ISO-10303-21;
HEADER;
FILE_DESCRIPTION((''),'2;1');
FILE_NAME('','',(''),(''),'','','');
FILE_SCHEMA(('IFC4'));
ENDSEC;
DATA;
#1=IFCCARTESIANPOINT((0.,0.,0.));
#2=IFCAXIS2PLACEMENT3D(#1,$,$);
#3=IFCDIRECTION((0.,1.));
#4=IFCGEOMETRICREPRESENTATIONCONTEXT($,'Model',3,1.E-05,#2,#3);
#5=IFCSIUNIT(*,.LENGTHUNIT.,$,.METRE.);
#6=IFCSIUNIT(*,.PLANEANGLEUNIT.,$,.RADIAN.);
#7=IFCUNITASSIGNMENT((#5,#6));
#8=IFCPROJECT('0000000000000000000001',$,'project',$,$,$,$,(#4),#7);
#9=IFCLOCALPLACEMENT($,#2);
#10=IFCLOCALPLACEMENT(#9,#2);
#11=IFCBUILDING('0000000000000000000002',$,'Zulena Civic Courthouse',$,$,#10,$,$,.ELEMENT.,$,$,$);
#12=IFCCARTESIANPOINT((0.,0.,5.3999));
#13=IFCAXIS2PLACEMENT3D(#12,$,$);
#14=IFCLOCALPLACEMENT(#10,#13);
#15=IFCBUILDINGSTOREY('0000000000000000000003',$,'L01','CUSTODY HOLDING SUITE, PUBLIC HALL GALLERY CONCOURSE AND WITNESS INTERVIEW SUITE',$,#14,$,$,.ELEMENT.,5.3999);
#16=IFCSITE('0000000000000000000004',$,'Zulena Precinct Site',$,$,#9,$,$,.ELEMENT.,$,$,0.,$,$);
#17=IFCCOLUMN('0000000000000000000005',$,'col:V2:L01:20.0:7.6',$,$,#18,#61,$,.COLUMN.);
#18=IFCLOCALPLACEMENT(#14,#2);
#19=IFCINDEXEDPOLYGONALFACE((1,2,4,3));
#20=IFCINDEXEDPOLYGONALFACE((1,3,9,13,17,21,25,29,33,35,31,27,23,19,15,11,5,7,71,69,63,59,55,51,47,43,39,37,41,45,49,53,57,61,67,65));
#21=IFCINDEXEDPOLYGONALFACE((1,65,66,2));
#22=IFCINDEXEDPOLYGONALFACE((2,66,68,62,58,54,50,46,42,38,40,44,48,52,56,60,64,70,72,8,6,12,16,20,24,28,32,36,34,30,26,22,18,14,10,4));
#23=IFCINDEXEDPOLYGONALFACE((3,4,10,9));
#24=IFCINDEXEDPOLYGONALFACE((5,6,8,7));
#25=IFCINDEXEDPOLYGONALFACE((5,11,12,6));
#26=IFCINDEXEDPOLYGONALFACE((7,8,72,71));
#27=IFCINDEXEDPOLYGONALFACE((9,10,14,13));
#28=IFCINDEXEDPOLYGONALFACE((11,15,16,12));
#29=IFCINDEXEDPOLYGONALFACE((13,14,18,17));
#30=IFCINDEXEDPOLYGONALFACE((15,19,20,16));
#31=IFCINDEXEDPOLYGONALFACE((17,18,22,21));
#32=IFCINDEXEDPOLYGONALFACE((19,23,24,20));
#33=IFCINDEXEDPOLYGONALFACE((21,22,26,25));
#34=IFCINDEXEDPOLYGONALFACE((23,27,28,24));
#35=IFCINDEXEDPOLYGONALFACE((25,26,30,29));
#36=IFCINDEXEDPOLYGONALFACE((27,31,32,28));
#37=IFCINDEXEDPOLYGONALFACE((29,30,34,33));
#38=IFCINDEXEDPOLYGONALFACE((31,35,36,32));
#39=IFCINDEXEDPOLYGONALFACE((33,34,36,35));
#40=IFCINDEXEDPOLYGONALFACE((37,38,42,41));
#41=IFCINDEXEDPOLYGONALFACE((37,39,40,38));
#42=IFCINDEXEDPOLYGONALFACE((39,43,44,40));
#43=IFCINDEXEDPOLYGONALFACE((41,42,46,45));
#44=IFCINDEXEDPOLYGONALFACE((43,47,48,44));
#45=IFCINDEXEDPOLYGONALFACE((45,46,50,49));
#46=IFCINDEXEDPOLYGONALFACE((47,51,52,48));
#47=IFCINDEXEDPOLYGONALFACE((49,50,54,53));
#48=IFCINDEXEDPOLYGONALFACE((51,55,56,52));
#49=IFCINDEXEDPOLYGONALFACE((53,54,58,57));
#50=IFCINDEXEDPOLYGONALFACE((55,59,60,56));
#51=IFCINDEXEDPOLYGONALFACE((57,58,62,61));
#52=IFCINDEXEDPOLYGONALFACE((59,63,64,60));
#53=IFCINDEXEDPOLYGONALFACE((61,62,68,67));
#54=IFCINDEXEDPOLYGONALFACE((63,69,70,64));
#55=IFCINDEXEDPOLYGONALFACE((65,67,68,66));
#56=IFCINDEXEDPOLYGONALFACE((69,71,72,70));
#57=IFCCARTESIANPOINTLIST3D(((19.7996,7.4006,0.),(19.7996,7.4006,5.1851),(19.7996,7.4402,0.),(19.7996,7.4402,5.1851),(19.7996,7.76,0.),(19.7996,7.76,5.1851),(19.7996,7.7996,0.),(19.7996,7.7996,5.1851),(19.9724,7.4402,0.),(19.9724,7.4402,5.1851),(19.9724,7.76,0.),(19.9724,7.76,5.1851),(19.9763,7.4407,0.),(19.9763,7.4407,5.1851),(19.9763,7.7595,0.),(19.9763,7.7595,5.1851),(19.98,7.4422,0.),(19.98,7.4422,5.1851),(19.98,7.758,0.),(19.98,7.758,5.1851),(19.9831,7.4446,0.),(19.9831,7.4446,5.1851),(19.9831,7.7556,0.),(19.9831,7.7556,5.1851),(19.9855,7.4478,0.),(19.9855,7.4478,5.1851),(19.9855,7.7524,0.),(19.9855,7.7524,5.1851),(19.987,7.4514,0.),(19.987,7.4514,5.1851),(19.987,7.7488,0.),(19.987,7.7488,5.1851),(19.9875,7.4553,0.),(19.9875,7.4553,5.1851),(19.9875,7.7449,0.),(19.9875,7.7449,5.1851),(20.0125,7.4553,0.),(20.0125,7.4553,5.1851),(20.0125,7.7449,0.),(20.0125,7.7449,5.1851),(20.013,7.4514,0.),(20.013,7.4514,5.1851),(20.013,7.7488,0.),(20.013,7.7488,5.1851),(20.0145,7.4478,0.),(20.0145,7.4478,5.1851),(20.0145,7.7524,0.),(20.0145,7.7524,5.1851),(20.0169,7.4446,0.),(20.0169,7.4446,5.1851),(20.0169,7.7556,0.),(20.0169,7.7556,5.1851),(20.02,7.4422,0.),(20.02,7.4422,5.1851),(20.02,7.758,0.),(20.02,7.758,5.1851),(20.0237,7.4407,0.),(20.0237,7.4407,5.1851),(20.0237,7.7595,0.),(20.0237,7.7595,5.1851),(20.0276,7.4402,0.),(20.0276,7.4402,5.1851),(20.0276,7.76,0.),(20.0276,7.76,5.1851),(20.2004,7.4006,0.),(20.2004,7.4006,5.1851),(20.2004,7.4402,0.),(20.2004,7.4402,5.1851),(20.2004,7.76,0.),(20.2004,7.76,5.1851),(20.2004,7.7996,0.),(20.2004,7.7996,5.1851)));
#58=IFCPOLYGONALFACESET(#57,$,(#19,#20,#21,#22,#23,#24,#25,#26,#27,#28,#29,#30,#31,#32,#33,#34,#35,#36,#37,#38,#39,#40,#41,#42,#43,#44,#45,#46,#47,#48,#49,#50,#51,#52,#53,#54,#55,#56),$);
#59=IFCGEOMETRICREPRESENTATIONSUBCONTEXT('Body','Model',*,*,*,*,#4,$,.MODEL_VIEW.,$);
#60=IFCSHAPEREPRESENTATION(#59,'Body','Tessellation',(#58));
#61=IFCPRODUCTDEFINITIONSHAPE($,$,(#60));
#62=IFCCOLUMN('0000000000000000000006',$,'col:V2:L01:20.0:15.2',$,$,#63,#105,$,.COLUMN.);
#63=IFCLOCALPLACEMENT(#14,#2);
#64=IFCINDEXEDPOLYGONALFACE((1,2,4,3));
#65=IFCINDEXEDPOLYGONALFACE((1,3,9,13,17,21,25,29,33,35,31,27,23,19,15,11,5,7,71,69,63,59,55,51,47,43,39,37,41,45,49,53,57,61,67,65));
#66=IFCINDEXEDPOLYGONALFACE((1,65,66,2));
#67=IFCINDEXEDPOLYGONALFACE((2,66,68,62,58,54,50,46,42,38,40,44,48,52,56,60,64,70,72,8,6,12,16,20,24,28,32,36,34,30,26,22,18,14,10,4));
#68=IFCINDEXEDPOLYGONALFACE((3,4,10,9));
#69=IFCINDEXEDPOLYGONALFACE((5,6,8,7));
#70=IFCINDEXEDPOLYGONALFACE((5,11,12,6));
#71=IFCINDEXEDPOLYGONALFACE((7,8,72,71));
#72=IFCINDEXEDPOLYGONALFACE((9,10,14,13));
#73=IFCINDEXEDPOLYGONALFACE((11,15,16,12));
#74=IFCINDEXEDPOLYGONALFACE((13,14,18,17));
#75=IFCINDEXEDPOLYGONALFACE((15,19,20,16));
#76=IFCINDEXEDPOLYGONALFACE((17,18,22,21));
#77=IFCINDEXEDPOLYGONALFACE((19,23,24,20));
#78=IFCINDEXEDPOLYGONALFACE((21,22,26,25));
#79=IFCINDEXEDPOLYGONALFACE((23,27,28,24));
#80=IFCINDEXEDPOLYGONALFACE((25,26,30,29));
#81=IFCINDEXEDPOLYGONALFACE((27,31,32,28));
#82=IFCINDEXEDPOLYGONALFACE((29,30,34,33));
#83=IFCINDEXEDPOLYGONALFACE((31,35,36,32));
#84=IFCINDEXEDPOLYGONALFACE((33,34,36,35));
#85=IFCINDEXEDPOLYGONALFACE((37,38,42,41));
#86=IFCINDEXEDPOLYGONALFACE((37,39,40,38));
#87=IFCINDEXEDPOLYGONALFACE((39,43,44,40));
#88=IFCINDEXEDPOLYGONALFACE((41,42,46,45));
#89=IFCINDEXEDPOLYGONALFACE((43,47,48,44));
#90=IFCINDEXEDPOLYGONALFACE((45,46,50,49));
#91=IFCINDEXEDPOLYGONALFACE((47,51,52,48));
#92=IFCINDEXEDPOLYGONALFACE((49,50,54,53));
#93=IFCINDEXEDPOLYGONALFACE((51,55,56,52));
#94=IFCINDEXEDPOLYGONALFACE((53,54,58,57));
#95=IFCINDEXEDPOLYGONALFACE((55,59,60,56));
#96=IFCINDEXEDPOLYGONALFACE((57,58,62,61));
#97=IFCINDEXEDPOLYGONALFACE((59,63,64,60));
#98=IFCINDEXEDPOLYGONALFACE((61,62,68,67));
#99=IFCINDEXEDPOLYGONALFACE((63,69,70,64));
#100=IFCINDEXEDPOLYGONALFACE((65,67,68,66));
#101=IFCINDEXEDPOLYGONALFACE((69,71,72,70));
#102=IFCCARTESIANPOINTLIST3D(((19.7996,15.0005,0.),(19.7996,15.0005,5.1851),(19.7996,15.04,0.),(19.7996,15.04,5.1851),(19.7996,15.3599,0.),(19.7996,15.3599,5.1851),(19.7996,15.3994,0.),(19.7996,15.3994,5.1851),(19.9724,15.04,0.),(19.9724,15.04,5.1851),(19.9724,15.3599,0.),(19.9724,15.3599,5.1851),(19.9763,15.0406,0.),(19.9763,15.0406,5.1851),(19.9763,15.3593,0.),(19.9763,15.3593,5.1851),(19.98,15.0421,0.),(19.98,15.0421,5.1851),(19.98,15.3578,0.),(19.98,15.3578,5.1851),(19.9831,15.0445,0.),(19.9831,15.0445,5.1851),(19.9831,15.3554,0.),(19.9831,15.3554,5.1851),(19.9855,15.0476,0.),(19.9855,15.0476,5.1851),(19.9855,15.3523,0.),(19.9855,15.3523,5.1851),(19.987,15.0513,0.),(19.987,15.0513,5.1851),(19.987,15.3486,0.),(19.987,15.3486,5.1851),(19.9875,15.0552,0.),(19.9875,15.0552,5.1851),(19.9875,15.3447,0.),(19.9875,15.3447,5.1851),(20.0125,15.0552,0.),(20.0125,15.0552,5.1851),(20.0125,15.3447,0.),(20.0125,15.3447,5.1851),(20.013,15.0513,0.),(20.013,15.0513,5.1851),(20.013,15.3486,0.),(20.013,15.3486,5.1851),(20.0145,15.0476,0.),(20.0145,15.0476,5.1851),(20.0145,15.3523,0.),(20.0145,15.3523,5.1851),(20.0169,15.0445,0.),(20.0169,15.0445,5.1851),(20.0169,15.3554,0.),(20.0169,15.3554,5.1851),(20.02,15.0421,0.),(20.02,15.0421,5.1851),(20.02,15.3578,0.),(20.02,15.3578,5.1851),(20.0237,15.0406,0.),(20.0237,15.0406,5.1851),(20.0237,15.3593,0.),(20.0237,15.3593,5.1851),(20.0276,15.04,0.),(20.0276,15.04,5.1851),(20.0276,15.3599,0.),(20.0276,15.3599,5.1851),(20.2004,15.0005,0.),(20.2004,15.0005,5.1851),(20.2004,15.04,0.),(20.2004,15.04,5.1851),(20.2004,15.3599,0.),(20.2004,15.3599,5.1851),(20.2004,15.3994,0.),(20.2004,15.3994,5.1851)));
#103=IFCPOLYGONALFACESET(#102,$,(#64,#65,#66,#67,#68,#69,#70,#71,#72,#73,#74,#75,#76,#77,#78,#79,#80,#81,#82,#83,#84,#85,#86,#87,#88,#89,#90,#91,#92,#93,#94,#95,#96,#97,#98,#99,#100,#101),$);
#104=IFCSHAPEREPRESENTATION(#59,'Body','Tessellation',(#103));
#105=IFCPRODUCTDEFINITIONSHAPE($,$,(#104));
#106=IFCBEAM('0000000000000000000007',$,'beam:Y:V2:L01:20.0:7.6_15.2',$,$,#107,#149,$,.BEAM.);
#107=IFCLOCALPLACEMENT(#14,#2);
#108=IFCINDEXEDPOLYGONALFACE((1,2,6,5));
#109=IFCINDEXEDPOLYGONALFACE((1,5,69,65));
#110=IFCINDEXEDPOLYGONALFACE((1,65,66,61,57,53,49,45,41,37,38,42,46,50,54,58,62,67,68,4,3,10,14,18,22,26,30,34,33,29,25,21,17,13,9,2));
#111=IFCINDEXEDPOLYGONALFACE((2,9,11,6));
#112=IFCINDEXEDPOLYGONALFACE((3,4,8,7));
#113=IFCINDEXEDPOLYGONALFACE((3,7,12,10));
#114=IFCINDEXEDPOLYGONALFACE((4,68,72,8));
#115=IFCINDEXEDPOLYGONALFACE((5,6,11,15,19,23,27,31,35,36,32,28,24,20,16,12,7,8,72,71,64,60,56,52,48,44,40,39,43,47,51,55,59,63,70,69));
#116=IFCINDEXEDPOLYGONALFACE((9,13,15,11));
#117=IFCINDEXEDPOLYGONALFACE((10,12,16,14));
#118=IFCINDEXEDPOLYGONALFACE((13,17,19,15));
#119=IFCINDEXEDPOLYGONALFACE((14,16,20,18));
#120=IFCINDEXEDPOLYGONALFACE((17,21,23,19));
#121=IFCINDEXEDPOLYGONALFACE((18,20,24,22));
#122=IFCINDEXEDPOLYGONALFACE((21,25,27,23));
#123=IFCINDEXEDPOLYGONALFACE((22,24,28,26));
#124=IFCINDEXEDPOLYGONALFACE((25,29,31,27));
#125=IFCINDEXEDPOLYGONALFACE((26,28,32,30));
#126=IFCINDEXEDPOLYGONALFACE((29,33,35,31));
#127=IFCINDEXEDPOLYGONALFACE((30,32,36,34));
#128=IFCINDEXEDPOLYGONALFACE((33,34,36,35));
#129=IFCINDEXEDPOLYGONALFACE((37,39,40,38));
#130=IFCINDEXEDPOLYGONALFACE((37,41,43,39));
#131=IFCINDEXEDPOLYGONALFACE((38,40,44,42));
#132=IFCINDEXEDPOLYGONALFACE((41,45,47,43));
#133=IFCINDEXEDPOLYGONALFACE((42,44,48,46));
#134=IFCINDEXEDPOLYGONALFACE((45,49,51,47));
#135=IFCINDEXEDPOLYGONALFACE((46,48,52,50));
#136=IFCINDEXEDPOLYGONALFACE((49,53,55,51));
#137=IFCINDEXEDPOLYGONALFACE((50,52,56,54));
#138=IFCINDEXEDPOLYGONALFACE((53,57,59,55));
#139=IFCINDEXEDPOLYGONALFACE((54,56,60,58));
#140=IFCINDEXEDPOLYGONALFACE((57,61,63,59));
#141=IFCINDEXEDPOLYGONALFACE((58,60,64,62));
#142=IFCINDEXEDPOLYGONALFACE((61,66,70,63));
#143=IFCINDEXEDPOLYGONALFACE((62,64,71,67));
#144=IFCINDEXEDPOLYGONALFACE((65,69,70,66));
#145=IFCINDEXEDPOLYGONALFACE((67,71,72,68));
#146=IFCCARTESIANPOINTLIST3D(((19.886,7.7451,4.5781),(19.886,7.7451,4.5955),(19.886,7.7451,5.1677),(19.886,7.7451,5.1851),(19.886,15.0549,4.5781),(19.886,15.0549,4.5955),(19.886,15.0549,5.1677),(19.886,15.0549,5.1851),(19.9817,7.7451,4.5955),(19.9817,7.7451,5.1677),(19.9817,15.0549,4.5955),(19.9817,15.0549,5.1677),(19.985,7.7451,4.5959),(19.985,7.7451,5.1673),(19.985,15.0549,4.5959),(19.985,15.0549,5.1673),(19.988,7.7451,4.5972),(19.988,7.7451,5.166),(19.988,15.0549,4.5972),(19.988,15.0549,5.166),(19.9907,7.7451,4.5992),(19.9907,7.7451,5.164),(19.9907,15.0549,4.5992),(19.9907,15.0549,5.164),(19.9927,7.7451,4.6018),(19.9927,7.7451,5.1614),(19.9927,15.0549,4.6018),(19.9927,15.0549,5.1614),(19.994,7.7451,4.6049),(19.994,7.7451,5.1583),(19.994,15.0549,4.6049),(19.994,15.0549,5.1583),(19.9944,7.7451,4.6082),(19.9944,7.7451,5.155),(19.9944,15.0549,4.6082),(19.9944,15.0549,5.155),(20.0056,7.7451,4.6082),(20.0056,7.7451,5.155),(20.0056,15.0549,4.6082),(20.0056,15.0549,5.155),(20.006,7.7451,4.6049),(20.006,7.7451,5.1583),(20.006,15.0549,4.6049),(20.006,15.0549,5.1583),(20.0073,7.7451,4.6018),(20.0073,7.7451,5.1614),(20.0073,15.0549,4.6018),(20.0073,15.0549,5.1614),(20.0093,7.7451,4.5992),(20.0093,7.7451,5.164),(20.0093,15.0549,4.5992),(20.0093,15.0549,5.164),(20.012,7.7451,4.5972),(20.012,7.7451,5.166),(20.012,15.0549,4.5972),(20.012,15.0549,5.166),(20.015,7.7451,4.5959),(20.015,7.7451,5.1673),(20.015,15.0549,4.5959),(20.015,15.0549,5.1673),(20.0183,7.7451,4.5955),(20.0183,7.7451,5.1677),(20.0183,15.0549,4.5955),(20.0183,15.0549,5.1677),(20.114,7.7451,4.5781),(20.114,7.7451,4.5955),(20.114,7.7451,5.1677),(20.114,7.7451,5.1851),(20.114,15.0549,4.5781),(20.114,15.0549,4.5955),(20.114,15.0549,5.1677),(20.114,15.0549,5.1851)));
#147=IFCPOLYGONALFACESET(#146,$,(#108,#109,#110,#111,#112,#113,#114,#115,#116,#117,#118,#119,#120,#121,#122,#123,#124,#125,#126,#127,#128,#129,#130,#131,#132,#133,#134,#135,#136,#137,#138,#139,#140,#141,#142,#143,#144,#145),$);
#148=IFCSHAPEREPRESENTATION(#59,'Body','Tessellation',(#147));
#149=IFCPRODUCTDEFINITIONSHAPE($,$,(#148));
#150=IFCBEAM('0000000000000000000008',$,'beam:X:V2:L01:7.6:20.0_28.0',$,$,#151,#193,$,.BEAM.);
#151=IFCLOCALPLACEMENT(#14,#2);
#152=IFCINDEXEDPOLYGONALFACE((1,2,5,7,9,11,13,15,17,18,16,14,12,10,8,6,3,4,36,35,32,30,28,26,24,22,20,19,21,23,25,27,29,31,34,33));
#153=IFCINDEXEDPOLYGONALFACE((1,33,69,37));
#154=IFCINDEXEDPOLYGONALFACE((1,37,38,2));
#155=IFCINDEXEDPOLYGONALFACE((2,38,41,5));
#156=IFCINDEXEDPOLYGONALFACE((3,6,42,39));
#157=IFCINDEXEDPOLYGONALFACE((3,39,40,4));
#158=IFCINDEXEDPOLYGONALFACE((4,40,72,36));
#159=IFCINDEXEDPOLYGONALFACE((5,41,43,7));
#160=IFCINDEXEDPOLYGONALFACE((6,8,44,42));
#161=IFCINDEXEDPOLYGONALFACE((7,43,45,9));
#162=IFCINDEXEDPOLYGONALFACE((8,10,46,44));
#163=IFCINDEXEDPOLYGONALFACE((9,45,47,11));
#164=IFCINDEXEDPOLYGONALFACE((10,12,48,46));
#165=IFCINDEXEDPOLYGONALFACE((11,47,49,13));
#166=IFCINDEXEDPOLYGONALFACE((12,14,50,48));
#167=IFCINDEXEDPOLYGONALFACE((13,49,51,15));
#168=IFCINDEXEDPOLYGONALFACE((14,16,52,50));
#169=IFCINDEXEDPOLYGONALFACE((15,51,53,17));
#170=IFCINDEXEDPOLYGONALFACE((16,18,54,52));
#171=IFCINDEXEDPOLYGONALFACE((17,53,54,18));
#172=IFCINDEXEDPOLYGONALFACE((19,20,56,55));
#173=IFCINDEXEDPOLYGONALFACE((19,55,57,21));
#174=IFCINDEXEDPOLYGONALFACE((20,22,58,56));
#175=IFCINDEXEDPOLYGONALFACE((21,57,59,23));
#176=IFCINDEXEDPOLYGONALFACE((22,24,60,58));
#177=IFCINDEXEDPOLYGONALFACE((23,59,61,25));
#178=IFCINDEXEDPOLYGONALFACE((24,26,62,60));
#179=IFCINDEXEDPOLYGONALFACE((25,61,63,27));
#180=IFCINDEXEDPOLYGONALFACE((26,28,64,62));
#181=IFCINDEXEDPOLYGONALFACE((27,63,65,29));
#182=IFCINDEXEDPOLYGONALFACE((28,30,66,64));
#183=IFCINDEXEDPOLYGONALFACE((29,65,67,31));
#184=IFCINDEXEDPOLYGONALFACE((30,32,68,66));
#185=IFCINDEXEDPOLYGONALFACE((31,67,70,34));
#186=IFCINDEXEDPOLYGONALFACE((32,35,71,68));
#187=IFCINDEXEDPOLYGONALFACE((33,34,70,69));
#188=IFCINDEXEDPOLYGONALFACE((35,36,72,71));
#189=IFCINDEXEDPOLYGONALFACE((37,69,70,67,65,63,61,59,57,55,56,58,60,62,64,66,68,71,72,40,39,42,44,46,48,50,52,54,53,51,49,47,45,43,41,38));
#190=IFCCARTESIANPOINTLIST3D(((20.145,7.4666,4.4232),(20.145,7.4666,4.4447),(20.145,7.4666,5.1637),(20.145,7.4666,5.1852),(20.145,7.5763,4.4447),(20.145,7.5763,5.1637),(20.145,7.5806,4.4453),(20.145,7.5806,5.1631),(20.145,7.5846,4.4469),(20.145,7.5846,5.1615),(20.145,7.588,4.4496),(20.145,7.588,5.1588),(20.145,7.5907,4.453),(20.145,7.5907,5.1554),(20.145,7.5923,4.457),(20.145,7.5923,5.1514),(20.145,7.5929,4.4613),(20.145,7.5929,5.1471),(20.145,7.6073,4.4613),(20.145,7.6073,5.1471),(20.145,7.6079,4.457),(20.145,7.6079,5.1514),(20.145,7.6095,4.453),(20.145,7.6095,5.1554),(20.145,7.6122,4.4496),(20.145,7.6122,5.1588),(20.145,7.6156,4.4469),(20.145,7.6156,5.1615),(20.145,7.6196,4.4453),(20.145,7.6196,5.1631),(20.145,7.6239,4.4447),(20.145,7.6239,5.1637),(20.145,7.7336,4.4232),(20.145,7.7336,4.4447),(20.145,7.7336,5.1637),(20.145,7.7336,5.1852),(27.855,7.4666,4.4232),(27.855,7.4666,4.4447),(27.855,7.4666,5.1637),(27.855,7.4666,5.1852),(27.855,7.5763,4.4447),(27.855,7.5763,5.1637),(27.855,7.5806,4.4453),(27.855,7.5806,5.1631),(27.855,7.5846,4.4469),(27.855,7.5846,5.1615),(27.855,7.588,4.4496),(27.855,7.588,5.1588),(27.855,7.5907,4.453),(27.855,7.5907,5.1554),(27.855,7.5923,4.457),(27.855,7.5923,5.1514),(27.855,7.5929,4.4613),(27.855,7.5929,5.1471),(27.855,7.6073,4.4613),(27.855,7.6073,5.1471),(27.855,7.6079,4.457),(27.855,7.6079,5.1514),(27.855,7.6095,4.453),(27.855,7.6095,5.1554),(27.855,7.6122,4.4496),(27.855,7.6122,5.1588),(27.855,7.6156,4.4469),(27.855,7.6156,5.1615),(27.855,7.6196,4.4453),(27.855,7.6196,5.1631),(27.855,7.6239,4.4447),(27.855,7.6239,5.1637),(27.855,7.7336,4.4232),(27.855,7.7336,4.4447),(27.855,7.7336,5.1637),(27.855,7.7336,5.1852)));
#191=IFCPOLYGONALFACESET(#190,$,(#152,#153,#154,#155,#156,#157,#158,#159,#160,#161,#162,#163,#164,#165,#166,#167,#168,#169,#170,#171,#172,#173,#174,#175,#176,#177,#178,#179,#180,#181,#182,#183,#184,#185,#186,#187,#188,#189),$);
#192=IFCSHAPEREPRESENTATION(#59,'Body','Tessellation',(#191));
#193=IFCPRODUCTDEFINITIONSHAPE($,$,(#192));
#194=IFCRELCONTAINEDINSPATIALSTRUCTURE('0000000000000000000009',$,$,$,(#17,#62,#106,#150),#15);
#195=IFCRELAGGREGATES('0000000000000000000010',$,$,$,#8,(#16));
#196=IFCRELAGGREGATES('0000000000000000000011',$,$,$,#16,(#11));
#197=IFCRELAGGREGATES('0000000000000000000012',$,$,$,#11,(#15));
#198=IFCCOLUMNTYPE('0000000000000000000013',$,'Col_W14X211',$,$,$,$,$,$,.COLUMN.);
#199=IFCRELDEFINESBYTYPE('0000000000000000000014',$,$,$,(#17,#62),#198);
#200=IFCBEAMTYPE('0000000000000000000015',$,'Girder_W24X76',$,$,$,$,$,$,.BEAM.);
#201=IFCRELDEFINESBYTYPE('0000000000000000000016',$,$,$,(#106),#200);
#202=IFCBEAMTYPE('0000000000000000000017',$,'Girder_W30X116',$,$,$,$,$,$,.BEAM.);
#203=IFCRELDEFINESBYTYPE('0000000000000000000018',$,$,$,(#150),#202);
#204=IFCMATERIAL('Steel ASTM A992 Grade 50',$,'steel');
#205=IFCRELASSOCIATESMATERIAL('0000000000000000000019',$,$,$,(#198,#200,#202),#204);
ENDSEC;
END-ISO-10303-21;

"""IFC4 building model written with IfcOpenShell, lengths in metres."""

from ifc_helpers import new_model, si_unit, direction, frame, origin, origin_2d, place, context, subcontext, project, spatial, i_section, extrude, material, material_profile, profile_set, type_object, element, save


model = new_model("IFC4")

# Units and contexts
model_context = context("Model", 3, precision=1e-05, world=origin(), true_north=direction((0.0, 1.0)))
body_context = subcontext(model_context, "Body", "Model", "MODEL_VIEW")
ifc_project = project(units=[si_unit("LENGTHUNIT", "METRE"), si_unit("PLANEANGLEUNIT", "RADIAN")], contexts=[model_context])

# Site, building, storey
site_placement = place(None, origin())
site = spatial("IfcSite", under=ifc_project, at=site_placement, Name="Zulena Precinct Site", CompositionType="ELEMENT", RefElevation=0.0)
building_placement = place(site_placement, origin())
building = spatial("IfcBuilding", under=site, at=building_placement, Name="Zulena Civic Courthouse", CompositionType="ELEMENT")
storey_placement = place(building_placement, frame((0.0, 0.0, 5.3999)))
storey = spatial("IfcBuildingStorey", under=building, at=storey_placement, Name="L01", Description="CUSTODY HOLDING SUITE, PUBLIC HALL GALLERY CONCOURSE AND WITNESS INTERVIEW SUITE", CompositionType="ELEMENT", Elevation=5.3999)

# Columns
ifc_material_1 = material(Name="Steel ASTM A992 Grade 50", Category="steel")
ifc_material_profile_1 = material_profile(ifc_material_1, i_section(OverallWidth=0.4009, OverallDepth=0.3989, WebThickness=0.0249, FlangeThickness=0.0396, FilletRadius=0.0151, at=origin_2d()), Name="W14X211")
ifc_profile_set_1 = profile_set([ifc_material_profile_1], Name="Steel ASTM A992 Grade 50")
column_type = type_object("IfcColumnType", Name="Col_W14X211", PredefinedType="COLUMN", material=ifc_profile_set_1)
for number, where, z_axis, x_axis, name in (
    (1, (20.0, 7.6001, 0.0), (0.0, 0.0, 1.0), (1.0, 0.0, 0.0), "col:V2:L01:20.0:7.6"),
    (2, (20.0, 15.2, 0.0), (0.0, 0.0, 1.0), (1.0, 0.0, 0.0), "col:V2:L01:20.0:15.2"),
):
    element("IfcColumn", number, at=place(storey_placement, frame(where, z_axis=z_axis, x_axis=x_axis)), inside=storey, type_object=column_type, Name=name, PredefinedType="COLUMN", context=body_context, shape_type="SweptSolid", body=[
        extrude(i_section(OverallWidth=0.4009, OverallDepth=0.3989, WebThickness=0.0249, FlangeThickness=0.0396, FilletRadius=0.0151, at=origin_2d()), origin(), (0.0, 0.0, 1.0), 5.1851),
    ])

# Beams
ifc_material_profile_2 = material_profile(ifc_material_1, i_section(OverallWidth=0.228, OverallDepth=0.6069, WebThickness=0.0112, FlangeThickness=0.0173, FilletRadius=0.0127, at=origin_2d()), Name="W24X76")
ifc_profile_set_2 = profile_set([ifc_material_profile_2], Name="Steel ASTM A992 Grade 50")
beam_type_1 = type_object("IfcBeamType", Name="Girder_W24X76", PredefinedType="BEAM", material=ifc_profile_set_2)
beam_1_placement = place(storey_placement, frame((20.0, 7.7451, 4.8816), z_axis=(0.0, 1.0, 0.0), x_axis=(-1.0, 0.0, 0.0)))
element("IfcBeam", 3, at=beam_1_placement, inside=storey, type_object=beam_type_1, Name="beam:Y:V2:L01:20.0:7.6_15.2", PredefinedType="BEAM", context=body_context, shape_type="SweptSolid", body=[
    extrude(i_section(OverallWidth=0.228, OverallDepth=0.6069, WebThickness=0.0112, FlangeThickness=0.0173, FilletRadius=0.0127, at=origin_2d()), origin(), (0.0, 0.0, 1.0), 7.3098),
])
ifc_material_profile_3 = material_profile(ifc_material_1, i_section(OverallWidth=0.2671, OverallDepth=0.762, WebThickness=0.0144, FlangeThickness=0.0215, FilletRadius=0.0166, at=origin_2d()), Name="W30X116")
ifc_profile_set_3 = profile_set([ifc_material_profile_3], Name="Steel ASTM A992 Grade 50")
beam_type_2 = type_object("IfcBeamType", Name="Girder_W30X116", PredefinedType="BEAM", material=ifc_profile_set_3)
for number, where, z_axis, x_axis, name in (
    (4, (20.145, 7.6001, 4.8042), (1.0, 0.0, 0.0), (0.0, 1.0, 0.0), "beam:X:V2:L01:7.6:20.0_28.0"),
):
    element("IfcBeam", number, at=place(storey_placement, frame(where, z_axis=z_axis, x_axis=x_axis)), inside=storey, type_object=beam_type_2, Name=name, PredefinedType="BEAM", context=body_context, shape_type="SweptSolid", body=[
        extrude(i_section(OverallWidth=0.2671, OverallDepth=0.762, WebThickness=0.0144, FlangeThickness=0.0215, FilletRadius=0.0166, at=origin_2d()), origin(), (0.0, 0.0, 1.0), 7.71),
    ])

save(model, "model.ifc")
